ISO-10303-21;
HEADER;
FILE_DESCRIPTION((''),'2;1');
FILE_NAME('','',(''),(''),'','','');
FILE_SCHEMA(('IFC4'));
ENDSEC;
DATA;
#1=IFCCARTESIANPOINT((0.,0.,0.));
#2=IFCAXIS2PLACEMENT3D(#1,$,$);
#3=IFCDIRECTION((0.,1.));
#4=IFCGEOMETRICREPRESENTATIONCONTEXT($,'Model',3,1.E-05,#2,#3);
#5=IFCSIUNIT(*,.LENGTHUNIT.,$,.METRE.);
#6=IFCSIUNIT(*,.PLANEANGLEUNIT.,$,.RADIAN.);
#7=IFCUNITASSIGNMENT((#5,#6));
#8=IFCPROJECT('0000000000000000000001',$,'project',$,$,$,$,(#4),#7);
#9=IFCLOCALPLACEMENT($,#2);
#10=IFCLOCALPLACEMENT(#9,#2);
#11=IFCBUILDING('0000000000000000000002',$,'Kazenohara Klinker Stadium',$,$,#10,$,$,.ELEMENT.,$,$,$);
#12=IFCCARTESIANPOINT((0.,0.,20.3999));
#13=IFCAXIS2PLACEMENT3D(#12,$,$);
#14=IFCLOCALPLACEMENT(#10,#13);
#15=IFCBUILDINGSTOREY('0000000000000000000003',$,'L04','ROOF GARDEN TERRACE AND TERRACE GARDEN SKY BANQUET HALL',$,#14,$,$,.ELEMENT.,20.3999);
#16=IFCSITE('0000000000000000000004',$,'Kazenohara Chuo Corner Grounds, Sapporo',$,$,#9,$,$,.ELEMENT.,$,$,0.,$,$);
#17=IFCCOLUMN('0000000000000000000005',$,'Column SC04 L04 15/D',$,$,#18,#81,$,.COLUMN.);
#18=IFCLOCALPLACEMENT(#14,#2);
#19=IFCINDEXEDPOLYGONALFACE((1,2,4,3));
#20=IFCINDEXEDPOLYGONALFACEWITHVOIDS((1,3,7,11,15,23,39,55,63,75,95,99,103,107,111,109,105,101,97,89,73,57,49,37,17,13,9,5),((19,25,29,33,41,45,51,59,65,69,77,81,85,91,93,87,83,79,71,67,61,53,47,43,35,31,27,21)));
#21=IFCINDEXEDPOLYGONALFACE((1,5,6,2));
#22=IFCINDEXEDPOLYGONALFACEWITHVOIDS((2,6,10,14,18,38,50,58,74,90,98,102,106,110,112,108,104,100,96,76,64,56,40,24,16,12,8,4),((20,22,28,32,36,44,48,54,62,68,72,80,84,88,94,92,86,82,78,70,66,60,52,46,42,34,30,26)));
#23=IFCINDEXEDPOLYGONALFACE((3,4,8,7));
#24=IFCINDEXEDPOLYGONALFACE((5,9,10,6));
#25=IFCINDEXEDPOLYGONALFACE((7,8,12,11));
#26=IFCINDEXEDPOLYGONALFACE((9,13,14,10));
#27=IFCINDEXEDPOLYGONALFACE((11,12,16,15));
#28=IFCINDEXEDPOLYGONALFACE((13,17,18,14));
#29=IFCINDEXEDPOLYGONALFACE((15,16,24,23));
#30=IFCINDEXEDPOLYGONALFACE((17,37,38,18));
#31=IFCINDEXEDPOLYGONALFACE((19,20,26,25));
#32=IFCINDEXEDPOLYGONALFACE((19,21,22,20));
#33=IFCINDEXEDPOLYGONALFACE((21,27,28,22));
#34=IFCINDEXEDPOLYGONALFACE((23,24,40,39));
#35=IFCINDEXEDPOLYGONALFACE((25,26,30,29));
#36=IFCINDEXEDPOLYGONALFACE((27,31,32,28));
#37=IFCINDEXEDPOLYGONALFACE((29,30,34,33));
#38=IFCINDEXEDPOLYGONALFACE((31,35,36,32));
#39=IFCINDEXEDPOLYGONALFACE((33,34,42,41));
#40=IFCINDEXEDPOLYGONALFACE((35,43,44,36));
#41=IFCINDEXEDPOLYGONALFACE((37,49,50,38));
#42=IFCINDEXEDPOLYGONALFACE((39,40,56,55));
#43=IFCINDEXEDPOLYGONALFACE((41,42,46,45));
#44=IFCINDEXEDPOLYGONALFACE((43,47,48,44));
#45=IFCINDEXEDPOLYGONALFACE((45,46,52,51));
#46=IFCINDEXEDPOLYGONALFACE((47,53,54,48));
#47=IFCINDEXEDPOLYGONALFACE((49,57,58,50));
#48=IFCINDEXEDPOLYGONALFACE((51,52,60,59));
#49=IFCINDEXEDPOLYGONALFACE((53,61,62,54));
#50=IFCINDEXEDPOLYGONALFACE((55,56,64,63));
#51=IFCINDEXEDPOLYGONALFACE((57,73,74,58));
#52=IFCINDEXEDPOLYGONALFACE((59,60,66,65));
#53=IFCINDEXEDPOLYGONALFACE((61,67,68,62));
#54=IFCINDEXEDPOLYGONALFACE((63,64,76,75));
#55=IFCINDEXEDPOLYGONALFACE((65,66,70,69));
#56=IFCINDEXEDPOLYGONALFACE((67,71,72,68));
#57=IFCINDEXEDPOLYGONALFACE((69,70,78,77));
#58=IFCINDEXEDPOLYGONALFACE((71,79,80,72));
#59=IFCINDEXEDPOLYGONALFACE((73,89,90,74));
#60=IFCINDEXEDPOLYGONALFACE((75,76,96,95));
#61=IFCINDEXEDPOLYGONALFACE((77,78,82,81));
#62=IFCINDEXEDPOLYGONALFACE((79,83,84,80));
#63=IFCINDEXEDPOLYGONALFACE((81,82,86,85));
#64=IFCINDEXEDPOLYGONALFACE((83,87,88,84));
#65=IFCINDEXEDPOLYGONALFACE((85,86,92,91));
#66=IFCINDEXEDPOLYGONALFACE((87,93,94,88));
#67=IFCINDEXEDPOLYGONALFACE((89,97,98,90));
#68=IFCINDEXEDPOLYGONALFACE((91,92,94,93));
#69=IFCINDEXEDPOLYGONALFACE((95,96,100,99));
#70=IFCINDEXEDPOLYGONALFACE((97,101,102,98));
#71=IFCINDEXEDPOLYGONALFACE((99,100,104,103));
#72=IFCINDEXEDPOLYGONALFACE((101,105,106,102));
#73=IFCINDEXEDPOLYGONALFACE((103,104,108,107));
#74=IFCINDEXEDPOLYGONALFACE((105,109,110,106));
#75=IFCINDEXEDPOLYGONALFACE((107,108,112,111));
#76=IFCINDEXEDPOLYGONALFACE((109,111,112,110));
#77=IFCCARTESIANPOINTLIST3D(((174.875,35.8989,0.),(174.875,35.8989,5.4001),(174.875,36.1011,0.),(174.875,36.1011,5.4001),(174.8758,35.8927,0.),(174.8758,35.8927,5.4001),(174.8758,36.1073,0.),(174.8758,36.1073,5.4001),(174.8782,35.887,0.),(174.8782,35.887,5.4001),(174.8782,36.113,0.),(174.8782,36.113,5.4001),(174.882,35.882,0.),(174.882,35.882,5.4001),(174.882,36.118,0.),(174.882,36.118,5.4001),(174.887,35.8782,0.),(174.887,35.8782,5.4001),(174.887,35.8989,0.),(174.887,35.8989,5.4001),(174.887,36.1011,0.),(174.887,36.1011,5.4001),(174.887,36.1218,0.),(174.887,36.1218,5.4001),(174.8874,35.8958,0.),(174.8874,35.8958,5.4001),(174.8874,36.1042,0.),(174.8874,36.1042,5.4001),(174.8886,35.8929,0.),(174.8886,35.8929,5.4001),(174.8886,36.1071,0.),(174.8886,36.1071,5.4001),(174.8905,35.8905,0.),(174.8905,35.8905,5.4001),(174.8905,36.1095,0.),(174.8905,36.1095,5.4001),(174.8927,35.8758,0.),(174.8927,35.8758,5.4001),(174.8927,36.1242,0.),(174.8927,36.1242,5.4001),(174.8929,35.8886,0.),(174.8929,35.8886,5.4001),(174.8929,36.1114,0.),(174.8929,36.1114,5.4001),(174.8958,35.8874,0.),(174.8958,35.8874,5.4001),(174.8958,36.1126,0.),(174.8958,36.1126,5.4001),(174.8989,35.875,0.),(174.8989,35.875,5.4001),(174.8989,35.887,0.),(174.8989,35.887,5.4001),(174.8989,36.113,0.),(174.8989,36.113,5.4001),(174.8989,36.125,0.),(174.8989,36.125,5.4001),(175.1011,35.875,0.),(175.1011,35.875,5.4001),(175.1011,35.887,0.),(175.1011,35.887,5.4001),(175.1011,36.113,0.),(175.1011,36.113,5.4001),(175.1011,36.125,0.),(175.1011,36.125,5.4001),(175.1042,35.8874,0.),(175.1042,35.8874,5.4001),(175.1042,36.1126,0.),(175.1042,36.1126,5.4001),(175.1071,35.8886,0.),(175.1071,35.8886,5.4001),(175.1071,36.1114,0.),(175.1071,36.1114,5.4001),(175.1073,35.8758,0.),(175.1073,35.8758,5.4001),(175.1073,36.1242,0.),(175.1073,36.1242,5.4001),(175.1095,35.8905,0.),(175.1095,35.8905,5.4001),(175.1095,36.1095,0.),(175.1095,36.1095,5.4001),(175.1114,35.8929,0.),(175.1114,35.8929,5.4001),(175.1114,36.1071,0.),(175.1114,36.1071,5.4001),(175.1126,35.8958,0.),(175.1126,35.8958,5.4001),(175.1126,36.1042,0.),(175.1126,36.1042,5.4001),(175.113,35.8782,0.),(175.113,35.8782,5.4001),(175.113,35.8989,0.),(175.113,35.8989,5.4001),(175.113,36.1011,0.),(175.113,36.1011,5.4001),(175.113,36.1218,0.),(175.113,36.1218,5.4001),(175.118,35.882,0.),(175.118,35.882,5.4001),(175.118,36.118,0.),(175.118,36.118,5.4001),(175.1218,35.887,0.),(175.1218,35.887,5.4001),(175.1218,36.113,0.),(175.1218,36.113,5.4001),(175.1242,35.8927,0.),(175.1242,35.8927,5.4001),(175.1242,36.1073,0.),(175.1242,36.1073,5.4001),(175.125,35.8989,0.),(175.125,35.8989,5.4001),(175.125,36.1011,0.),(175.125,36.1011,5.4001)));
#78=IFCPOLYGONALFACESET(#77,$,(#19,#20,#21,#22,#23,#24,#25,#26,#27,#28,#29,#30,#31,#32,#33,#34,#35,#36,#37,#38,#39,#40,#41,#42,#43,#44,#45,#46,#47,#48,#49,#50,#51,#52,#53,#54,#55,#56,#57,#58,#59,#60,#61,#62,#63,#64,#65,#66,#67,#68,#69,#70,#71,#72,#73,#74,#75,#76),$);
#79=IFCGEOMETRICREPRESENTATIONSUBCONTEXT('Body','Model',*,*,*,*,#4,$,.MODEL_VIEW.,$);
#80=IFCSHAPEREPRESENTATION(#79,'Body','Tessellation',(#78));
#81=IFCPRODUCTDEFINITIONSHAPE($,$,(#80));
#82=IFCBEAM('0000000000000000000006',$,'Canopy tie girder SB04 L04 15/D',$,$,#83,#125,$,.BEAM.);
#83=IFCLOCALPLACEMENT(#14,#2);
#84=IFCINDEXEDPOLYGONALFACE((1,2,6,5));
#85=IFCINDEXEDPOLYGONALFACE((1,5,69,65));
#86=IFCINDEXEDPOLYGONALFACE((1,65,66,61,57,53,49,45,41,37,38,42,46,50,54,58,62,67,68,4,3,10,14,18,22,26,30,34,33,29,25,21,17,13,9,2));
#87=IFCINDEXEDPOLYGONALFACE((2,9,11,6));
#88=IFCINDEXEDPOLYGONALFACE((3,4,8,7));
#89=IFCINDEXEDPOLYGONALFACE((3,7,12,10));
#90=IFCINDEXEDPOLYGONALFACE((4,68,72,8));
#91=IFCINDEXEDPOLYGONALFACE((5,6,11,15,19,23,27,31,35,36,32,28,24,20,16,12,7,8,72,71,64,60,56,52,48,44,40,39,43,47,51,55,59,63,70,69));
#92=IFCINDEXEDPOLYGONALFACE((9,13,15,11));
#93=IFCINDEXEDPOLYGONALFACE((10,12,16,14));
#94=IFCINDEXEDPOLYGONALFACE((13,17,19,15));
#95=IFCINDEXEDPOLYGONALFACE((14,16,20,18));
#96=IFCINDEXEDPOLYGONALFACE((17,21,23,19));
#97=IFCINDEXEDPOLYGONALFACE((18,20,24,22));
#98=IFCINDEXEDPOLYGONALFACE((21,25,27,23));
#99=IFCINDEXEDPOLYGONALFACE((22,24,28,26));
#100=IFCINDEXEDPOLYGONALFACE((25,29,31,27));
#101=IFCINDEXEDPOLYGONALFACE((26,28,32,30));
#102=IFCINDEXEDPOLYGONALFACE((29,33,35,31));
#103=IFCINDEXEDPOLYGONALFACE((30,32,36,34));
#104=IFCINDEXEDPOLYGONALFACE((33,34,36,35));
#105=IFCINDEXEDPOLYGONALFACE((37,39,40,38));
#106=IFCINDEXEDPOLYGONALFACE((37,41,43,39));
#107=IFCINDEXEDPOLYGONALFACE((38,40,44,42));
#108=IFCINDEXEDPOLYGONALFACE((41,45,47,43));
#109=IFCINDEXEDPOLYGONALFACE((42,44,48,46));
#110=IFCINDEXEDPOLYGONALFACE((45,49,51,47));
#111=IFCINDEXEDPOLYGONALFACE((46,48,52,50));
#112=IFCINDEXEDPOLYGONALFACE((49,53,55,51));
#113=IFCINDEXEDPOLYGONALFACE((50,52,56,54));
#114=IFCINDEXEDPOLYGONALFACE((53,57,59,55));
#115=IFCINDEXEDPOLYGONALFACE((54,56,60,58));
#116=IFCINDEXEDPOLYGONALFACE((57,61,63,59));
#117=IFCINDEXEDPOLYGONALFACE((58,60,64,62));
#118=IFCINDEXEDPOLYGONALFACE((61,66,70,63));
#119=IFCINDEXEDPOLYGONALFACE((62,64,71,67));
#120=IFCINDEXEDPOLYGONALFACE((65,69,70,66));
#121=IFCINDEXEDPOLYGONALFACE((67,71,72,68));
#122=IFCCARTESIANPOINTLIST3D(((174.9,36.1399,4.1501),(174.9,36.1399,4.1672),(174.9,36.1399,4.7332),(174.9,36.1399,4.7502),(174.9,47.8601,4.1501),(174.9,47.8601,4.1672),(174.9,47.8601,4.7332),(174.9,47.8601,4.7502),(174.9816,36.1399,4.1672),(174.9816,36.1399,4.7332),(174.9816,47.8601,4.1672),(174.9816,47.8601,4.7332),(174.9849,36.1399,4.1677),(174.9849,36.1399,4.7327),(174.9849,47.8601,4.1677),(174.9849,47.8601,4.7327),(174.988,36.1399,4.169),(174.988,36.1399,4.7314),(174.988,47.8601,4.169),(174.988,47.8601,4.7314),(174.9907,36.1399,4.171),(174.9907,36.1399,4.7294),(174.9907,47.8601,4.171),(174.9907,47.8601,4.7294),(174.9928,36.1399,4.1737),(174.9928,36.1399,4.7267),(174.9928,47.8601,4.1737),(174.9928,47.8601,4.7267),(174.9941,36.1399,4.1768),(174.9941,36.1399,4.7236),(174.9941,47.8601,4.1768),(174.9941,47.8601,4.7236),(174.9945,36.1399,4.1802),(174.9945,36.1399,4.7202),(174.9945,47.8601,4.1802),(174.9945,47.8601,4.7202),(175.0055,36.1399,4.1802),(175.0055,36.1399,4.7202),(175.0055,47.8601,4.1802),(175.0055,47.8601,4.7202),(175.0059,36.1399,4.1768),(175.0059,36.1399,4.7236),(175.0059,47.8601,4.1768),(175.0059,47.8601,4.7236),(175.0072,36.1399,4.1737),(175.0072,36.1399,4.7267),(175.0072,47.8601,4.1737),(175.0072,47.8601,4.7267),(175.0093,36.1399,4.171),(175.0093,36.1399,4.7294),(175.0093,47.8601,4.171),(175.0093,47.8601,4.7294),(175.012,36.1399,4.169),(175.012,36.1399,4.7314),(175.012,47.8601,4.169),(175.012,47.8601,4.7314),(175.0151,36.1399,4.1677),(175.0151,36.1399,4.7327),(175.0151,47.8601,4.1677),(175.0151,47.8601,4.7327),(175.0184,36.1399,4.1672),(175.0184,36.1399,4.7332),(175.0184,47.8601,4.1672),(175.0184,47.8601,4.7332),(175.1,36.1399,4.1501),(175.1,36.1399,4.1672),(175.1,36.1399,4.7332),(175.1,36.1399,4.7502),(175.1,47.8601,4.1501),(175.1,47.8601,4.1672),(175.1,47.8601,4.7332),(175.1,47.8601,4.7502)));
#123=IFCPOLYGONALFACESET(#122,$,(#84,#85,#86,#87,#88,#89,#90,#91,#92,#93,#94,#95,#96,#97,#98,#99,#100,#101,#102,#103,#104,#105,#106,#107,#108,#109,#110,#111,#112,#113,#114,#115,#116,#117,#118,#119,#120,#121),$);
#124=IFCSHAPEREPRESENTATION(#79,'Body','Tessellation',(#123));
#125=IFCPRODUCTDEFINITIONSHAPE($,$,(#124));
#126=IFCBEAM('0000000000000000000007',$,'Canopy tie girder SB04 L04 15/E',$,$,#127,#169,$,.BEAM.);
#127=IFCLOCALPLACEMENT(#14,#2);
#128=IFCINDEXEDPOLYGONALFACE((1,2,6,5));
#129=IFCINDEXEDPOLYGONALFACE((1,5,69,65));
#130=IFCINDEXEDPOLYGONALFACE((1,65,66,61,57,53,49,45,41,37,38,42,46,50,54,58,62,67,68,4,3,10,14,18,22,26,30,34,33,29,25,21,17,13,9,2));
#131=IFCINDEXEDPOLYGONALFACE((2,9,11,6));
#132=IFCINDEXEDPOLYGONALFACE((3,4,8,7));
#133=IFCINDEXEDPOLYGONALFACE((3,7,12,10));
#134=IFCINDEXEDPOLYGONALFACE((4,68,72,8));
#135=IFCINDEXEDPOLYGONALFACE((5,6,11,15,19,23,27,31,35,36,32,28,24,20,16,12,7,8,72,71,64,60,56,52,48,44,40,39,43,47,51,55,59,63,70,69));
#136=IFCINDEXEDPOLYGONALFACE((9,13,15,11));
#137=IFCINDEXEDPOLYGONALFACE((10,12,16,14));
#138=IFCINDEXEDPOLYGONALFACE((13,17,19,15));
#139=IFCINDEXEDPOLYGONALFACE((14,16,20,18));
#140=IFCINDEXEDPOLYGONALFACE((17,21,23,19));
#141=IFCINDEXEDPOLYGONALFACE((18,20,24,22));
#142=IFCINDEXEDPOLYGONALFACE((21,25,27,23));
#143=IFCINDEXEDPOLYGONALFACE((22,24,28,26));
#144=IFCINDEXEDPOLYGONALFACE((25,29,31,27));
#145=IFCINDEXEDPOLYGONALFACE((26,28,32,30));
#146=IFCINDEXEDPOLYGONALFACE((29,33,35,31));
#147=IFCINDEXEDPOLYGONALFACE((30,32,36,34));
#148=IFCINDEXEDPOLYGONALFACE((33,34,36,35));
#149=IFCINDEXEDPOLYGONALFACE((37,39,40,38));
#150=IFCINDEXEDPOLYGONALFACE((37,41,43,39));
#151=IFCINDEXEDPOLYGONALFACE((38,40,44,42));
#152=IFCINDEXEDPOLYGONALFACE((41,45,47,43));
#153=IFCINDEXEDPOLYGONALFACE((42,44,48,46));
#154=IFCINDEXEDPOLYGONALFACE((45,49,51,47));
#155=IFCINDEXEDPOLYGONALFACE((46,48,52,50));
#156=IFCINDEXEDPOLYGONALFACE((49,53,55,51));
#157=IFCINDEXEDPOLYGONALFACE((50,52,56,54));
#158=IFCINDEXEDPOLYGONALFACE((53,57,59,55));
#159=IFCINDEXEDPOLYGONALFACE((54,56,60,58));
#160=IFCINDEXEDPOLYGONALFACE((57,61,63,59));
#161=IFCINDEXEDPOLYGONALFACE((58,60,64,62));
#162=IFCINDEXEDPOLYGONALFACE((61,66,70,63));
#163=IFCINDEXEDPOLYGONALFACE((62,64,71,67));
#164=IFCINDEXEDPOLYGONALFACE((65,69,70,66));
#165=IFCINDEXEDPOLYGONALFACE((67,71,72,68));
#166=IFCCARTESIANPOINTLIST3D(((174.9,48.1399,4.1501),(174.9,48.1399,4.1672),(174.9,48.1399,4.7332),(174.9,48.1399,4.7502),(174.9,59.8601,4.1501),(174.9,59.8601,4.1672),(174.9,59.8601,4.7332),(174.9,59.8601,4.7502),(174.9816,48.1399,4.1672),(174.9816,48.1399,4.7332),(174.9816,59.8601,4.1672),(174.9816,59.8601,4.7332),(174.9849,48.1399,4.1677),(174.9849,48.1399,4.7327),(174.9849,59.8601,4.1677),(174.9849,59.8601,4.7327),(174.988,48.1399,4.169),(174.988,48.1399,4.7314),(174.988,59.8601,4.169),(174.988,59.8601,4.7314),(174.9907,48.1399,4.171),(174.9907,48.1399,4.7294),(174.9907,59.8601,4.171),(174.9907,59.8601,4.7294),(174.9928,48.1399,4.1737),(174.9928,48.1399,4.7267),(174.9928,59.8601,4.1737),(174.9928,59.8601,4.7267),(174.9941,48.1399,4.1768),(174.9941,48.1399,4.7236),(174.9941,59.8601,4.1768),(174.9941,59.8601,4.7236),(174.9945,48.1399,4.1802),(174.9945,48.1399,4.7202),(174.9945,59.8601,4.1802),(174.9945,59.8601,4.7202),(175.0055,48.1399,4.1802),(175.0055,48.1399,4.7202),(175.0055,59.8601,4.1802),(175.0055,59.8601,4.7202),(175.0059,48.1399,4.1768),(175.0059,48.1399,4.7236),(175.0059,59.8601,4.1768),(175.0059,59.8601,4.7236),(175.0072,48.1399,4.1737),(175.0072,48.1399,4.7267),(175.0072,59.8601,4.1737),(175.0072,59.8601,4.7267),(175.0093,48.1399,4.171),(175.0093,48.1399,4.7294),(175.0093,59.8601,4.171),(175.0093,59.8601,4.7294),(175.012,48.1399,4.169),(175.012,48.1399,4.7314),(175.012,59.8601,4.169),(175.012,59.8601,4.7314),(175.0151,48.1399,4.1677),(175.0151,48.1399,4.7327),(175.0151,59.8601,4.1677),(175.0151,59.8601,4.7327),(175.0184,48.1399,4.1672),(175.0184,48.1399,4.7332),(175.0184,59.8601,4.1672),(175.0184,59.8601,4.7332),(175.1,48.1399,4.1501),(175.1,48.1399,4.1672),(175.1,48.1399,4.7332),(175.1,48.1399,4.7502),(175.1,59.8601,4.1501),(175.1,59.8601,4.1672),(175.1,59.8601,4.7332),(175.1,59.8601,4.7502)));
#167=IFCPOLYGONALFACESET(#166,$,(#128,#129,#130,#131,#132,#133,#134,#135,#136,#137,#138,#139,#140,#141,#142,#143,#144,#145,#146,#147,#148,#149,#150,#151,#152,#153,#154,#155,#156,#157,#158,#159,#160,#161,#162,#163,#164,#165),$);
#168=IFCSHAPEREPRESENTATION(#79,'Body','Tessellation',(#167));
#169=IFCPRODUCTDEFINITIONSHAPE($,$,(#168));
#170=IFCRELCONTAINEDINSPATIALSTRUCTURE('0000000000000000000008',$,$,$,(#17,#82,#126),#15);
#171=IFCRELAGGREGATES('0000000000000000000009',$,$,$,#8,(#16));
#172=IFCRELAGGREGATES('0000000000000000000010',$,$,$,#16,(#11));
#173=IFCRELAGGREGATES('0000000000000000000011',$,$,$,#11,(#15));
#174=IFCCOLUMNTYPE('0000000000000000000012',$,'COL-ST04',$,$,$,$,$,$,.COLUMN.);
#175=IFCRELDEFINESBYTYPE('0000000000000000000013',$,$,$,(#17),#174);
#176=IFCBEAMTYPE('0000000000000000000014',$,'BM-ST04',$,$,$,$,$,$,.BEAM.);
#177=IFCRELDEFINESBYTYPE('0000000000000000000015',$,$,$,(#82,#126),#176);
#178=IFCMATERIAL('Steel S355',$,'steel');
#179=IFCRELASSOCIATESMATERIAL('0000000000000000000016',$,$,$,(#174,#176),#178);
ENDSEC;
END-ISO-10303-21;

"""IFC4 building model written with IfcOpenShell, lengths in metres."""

from ifc_helpers import new_model, si_unit, direction, frame, origin, origin_2d, place, context, subcontext, project, spatial, hollow_rectangle, i_section, extrude, material, material_profile, profile_set, type_object, element, save


model = new_model("IFC4")

# Units and contexts
model_context = context("Model", 3, precision=1e-05, world=origin(), true_north=direction((0.0, 1.0)))
body_context = subcontext(model_context, "Body", "Model", "MODEL_VIEW")
ifc_project = project(units=[si_unit("LENGTHUNIT", "METRE"), si_unit("PLANEANGLEUNIT", "RADIAN")], contexts=[model_context])

# Site, building, storey
site_placement = place(None, origin())
site = spatial("IfcSite", under=ifc_project, at=site_placement, Name="Kazenohara Chuo Corner Grounds, Sapporo", CompositionType="ELEMENT", RefElevation=0.0)
building_placement = place(site_placement, origin())
building = spatial("IfcBuilding", under=site, at=building_placement, Name="Kazenohara Klinker Stadium", CompositionType="ELEMENT")
storey_placement = place(building_placement, frame((0.0, 0.0, 20.3999)))
storey = spatial("IfcBuildingStorey", under=building, at=storey_placement, Name="L04", Description="ROOF GARDEN TERRACE AND TERRACE GARDEN SKY BANQUET HALL", CompositionType="ELEMENT", Elevation=20.3999)

# Column
ifc_material_1 = material(Name="Steel S355", Category="steel")
ifc_material_profile_1 = material_profile(ifc_material_1, hollow_rectangle(XDim=0.25, YDim=0.25, WallThickness=0.012, InnerFilletRadius=0.012, OuterFilletRadius=0.0239, at=origin_2d()), Name="SHS-250x250x12")
ifc_profile_set_1 = profile_set([ifc_material_profile_1], Name="Steel S355")
column_type_1 = type_object("IfcColumnType", Name="COL-ST04", PredefinedType="COLUMN", material=ifc_profile_set_1)
column_placement = place(storey_placement, frame((175.0, 36.0, 0.0), z_axis=(0.0, 0.0, 1.0), x_axis=(1.0, 0.0, 0.0)))
element("IfcColumn", 1, at=column_placement, inside=storey, type_object=column_type_1, Name="Column SC04 L04 15/D", PredefinedType="COLUMN", context=body_context, shape_type="SweptSolid", body=[
    extrude(hollow_rectangle(XDim=0.25, YDim=0.25, WallThickness=0.012, InnerFilletRadius=0.012, OuterFilletRadius=0.0239, at=origin_2d()), origin(), (0.0, 0.0, 1.0), 5.4001),
])

# Beams
ifc_material_profile_2 = material_profile(ifc_material_1, i_section(OverallWidth=0.2, OverallDepth=0.6001, WebThickness=0.011, FlangeThickness=0.0171, FilletRadius=0.0129, at=origin_2d()), Name="H-600x200x11x17")
ifc_profile_set_2 = profile_set([ifc_material_profile_2], Name="Steel S355")
beam_type_1 = type_object("IfcBeamType", Name="BM-ST04", PredefinedType="BEAM", material=ifc_profile_set_2)
for number, where, z_axis, x_axis, name in (
    (2, (175.0, 36.1399, 4.4502), (0.0, 1.0, 0.0), (-1.0, 0.0, 0.0), "Canopy tie girder SB04 L04 15/D"),
    (3, (175.0, 48.1399, 4.4502), (0.0, 1.0, 0.0), (-1.0, 0.0, 0.0), "Canopy tie girder SB04 L04 15/E"),
):
    element("IfcBeam", number, at=place(storey_placement, frame(where, z_axis=z_axis, x_axis=x_axis)), inside=storey, type_object=beam_type_1, Name=name, PredefinedType="BEAM", context=body_context, shape_type="SweptSolid", body=[
        extrude(i_section(OverallWidth=0.2, OverallDepth=0.6001, WebThickness=0.011, FlangeThickness=0.0171, FilletRadius=0.0129, at=origin_2d()), origin(), (0.0, 0.0, 1.0), 11.7202),
    ])

save(model, "model.ifc")
